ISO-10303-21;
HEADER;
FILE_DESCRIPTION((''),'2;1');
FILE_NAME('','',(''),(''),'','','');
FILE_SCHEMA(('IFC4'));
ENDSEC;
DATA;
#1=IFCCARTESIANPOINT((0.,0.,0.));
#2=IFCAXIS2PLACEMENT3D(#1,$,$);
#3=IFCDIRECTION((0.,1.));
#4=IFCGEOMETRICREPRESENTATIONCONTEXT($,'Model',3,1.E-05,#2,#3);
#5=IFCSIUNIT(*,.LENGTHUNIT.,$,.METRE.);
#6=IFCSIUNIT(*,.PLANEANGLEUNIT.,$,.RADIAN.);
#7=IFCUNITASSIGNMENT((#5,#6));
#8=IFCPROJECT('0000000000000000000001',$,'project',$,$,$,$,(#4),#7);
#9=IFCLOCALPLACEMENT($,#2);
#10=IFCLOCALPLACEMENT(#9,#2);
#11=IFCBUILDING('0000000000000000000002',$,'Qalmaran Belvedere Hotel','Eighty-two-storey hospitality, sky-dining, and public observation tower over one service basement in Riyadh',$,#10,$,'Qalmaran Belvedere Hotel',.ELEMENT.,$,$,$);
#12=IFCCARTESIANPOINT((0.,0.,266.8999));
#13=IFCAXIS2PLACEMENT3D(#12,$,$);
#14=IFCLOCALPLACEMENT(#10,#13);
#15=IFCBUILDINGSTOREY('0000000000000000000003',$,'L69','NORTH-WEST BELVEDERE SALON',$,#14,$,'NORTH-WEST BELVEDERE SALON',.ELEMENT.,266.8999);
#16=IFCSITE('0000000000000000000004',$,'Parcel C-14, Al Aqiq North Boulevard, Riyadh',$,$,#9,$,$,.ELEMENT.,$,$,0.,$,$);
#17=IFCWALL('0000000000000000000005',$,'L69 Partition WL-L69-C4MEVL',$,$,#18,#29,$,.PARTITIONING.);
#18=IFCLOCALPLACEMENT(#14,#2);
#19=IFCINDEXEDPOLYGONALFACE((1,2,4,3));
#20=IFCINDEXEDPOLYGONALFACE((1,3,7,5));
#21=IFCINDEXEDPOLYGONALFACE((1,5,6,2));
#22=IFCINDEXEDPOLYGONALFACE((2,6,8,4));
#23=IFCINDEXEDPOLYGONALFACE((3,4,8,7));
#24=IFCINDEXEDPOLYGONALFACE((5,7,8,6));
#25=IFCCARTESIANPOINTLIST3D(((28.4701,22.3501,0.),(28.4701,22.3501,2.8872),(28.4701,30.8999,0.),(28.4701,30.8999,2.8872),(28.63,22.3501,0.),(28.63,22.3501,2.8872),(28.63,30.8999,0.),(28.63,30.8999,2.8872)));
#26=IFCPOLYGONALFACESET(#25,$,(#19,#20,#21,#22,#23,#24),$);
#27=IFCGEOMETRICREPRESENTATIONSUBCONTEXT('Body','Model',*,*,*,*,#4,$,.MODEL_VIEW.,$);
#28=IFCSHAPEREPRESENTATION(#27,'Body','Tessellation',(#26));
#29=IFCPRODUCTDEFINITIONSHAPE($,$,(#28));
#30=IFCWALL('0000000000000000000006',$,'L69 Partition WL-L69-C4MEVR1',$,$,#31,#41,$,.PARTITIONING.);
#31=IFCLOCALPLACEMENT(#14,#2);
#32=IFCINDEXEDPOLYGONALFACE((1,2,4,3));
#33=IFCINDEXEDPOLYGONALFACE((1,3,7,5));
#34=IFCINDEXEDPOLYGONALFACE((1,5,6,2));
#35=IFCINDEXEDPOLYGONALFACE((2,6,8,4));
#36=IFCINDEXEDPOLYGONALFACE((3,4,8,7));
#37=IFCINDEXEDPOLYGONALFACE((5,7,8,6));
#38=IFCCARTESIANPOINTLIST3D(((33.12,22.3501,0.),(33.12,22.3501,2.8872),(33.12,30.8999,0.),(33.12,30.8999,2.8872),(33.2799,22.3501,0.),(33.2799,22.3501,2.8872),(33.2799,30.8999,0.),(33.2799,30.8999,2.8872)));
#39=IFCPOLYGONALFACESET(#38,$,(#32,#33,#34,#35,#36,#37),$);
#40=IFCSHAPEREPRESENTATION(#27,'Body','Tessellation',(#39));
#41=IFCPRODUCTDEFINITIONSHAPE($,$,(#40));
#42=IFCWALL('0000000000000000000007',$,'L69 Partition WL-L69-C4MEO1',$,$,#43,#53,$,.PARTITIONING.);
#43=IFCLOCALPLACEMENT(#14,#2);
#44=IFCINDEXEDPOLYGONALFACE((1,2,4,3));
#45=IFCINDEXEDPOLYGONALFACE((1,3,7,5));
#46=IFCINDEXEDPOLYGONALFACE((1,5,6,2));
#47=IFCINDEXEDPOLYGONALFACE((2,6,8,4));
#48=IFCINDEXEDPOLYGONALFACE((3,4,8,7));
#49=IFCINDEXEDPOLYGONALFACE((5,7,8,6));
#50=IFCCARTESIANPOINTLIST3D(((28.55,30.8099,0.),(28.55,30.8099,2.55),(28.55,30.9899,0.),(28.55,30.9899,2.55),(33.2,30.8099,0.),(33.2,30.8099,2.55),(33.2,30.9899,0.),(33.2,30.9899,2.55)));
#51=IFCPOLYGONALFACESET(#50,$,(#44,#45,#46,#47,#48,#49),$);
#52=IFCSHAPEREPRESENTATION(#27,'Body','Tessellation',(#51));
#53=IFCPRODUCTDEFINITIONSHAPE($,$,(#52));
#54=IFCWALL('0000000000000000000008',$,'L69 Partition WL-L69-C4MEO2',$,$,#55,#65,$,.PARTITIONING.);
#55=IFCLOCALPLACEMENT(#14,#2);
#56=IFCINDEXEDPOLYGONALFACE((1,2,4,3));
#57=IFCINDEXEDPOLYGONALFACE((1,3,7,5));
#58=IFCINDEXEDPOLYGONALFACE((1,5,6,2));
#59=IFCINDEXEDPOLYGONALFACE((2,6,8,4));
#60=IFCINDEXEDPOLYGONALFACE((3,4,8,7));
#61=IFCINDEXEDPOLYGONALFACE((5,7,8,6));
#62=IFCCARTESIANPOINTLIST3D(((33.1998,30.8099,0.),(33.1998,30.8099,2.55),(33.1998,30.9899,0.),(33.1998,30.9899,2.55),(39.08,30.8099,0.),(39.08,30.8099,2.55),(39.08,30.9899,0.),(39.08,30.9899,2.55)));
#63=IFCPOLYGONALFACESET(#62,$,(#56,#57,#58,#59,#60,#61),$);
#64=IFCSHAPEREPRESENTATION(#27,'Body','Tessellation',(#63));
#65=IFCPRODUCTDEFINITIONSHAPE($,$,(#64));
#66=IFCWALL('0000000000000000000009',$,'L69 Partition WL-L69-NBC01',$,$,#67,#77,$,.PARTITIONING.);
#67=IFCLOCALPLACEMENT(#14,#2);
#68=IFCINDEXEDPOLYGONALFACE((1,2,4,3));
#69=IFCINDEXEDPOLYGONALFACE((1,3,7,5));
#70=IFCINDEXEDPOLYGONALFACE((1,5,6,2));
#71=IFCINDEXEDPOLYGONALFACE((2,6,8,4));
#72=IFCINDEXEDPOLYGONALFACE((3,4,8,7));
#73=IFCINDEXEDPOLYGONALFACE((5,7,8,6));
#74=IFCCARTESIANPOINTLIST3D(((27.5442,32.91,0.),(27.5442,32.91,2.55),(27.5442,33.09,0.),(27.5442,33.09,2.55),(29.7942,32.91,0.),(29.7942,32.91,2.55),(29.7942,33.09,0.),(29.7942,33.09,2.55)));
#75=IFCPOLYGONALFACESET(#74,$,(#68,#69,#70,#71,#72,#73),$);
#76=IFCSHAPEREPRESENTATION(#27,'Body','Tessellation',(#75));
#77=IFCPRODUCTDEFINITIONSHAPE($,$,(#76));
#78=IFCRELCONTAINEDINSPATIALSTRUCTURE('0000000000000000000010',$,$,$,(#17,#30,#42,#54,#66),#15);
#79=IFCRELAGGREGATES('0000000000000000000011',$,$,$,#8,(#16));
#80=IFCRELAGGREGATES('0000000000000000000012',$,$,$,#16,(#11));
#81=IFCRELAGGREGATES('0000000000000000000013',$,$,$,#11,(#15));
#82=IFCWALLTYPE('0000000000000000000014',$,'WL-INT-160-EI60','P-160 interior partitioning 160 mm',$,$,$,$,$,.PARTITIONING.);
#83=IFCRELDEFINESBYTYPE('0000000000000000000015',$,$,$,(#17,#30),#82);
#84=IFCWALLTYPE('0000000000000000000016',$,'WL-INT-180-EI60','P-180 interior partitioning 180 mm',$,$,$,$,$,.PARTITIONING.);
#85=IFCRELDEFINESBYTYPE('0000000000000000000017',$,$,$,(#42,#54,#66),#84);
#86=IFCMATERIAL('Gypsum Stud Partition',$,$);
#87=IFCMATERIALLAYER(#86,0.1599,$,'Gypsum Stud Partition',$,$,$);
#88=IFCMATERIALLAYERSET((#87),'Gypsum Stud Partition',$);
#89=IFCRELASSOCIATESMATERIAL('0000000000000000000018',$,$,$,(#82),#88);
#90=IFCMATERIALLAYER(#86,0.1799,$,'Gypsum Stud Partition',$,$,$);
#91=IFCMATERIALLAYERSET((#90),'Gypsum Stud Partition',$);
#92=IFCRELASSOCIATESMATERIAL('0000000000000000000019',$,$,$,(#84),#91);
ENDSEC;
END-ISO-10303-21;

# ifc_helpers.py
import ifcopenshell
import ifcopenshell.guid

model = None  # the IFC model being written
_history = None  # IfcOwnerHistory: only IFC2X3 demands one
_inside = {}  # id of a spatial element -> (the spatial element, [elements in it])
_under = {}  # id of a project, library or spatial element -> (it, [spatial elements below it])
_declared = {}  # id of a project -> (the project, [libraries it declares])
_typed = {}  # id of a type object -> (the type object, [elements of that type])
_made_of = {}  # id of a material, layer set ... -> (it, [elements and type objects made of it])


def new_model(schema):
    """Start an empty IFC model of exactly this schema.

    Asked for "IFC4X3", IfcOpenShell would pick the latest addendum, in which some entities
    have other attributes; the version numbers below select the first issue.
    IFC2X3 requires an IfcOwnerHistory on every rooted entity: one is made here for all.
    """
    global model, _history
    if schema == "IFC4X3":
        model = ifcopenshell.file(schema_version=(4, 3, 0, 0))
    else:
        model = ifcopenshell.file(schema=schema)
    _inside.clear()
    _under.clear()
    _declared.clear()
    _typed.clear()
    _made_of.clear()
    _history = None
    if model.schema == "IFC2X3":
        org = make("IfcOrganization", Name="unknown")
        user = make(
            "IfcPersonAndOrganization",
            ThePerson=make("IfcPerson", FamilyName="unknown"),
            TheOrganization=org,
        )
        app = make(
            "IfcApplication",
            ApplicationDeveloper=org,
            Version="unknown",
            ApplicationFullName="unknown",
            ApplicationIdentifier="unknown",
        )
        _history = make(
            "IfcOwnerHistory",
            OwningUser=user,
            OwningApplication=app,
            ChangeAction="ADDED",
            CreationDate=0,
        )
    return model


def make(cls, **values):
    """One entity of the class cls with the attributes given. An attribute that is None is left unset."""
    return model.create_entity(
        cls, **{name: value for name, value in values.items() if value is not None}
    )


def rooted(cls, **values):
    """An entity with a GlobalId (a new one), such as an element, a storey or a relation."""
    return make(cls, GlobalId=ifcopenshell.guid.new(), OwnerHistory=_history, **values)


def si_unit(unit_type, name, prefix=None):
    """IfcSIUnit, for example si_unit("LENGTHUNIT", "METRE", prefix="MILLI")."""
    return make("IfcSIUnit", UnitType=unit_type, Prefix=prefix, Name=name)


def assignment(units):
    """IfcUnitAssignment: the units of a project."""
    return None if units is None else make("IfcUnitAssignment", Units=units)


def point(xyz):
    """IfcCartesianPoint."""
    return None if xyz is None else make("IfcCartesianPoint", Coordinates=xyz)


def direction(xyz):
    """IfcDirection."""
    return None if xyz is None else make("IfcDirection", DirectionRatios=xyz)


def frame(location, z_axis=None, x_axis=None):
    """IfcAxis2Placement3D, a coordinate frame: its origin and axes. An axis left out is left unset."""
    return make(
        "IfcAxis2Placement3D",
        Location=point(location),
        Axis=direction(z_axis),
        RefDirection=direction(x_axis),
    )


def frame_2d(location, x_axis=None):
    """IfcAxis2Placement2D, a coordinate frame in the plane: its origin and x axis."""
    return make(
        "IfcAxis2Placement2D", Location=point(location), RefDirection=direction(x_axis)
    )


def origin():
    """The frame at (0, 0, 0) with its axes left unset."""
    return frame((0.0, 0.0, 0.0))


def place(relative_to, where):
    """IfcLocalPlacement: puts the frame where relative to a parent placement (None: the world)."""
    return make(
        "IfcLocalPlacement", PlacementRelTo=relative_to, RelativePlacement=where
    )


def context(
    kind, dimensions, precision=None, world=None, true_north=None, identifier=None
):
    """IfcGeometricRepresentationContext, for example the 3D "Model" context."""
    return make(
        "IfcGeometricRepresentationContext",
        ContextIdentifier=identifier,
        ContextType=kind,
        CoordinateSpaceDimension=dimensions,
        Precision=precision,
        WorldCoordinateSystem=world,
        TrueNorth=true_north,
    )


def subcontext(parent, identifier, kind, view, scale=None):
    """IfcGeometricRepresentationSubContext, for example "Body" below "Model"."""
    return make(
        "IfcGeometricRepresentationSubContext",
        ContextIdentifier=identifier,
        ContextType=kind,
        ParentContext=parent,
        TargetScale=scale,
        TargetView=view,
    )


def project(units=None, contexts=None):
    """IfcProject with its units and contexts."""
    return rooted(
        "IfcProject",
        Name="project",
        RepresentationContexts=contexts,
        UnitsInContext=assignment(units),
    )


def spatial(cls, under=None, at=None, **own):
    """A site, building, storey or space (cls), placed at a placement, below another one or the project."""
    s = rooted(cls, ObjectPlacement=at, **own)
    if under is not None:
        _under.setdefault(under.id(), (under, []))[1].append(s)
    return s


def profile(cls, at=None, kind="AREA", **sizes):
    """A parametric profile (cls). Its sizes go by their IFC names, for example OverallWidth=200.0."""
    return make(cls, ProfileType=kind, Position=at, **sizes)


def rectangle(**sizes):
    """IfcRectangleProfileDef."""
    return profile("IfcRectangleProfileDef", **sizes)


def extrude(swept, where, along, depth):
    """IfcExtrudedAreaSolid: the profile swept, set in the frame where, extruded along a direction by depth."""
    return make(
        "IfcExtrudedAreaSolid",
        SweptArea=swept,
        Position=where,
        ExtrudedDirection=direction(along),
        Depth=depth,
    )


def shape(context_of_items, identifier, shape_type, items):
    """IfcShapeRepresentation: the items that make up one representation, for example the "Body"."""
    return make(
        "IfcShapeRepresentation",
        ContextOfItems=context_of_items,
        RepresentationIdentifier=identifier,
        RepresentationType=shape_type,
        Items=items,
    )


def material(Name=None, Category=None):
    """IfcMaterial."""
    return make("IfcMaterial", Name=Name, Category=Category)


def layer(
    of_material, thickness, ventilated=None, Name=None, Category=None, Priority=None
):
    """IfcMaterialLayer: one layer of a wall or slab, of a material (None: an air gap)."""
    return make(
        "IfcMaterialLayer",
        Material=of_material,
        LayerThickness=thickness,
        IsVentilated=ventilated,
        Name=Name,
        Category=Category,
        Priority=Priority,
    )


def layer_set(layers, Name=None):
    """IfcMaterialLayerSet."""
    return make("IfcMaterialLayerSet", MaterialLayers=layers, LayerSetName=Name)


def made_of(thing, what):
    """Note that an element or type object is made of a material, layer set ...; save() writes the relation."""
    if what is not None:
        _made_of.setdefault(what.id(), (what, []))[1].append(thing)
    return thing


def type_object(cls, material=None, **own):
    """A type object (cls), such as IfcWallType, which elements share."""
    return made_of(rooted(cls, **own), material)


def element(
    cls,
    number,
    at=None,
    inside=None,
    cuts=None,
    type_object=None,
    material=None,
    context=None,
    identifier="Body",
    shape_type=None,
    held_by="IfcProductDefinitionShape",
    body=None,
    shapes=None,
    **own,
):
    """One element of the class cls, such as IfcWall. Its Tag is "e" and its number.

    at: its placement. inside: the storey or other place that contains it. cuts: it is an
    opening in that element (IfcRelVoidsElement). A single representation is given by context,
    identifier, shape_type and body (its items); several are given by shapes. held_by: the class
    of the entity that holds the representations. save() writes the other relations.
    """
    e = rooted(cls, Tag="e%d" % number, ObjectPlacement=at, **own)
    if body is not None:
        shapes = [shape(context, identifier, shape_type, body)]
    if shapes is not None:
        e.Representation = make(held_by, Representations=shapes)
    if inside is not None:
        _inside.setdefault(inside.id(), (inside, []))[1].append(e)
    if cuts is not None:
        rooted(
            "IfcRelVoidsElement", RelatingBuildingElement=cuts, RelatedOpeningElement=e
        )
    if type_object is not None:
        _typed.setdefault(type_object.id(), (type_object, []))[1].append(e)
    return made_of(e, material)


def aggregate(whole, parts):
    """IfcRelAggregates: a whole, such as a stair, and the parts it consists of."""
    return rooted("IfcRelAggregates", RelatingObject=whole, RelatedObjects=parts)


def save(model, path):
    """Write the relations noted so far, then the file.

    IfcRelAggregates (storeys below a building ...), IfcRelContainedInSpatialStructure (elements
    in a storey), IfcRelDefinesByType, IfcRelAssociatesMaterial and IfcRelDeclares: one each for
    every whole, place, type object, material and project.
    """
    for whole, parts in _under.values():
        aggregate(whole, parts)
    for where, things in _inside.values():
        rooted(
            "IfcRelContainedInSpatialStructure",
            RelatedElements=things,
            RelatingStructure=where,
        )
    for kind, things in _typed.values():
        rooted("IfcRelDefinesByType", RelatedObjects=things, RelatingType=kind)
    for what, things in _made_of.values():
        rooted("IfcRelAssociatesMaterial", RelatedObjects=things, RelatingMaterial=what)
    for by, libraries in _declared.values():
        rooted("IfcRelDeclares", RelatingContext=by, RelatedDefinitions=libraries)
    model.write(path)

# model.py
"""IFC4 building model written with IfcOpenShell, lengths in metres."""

from ifc_helpers import new_model, si_unit, direction, frame, frame_2d, origin, place, context, subcontext, project, spatial, rectangle, extrude, material, layer, layer_set, type_object, element, save


model = new_model("IFC4")

# Units and contexts
model_context = context("Model", 3, precision=1e-05, world=origin(), true_north=direction((0.0, 1.0)))
body_context = subcontext(model_context, "Body", "Model", "MODEL_VIEW")
ifc_project = project(units=[si_unit("LENGTHUNIT", "METRE"), si_unit("PLANEANGLEUNIT", "RADIAN")], contexts=[model_context])

# Site, building, storey
site_placement = place(None, origin())
site = spatial("IfcSite", under=ifc_project, at=site_placement, Name="Parcel C-14, Al Aqiq North Boulevard, Riyadh", CompositionType="ELEMENT", RefElevation=0.0)
building_placement = place(site_placement, origin())
building = spatial("IfcBuilding", under=site, at=building_placement, Name="Qalmaran Belvedere Hotel", Description="Eighty-two-storey hospitality, sky-dining, and public observation tower over one service basement in Riyadh", LongName="Qalmaran Belvedere Hotel", CompositionType="ELEMENT")
storey_placement = place(building_placement, frame((0.0, 0.0, 266.8999)))
storey = spatial("IfcBuildingStorey", under=building, at=storey_placement, Name="L69", Description="NORTH-WEST BELVEDERE SALON", LongName="NORTH-WEST BELVEDERE SALON", CompositionType="ELEMENT", Elevation=266.8999)

# Shared definitions
ifc_material_1 = material(Name="Gypsum Stud Partition")

# Walls
ifc_layer_1 = layer(ifc_material_1, 0.1599, Name="Gypsum Stud Partition")
ifc_layer_set_1 = layer_set([ifc_layer_1], Name="Gypsum Stud Partition")
wall_type_1 = type_object("IfcWallType", Name="WL-INT-160-EI60", Description="P-160 interior partitioning 160 mm", PredefinedType="PARTITIONING", material=ifc_layer_set_1)
for number, where, z_axis, x_axis, name in (
    (1, (28.55, 22.3501, 0.0), (0.0, 0.0, 1.0), (0.0, 1.0, 0.0), "L69 Partition WL-L69-C4MEVL"),
    (2, (33.2, 22.3501, 0.0), (0.0, 0.0, 1.0), (0.0, 1.0, 0.0), "L69 Partition WL-L69-C4MEVR1"),
):
    element("IfcWall", number, at=place(storey_placement, frame(where, z_axis=z_axis, x_axis=x_axis)), inside=storey, type_object=wall_type_1, Name=name, PredefinedType="PARTITIONING", context=body_context, shape_type="SweptSolid", body=[
        extrude(rectangle(XDim=8.5498, YDim=0.1599, at=frame_2d((4.2749, 0.0))), origin(), (0.0, 0.0, 1.0), 2.8872),
    ])

# Shared definitions
ifc_layer_2 = layer(ifc_material_1, 0.1799, Name="Gypsum Stud Partition")
ifc_layer_set_2 = layer_set([ifc_layer_2], Name="Gypsum Stud Partition")
wall_type_2 = type_object("IfcWallType", Name="WL-INT-180-EI60", Description="P-180 interior partitioning 180 mm", PredefinedType="PARTITIONING", material=ifc_layer_set_2)

# Wall
wall_1_placement = place(storey_placement, frame((28.55, 30.8999, 0.0), z_axis=(0.0, 0.0, 1.0), x_axis=(1.0, 0.0, 0.0)))
element("IfcWall", 3, at=wall_1_placement, inside=storey, type_object=wall_type_2, Name="L69 Partition WL-L69-C4MEO1", PredefinedType="PARTITIONING", context=body_context, shape_type="SweptSolid", body=[
    extrude(rectangle(XDim=4.6499, YDim=0.1799, at=frame_2d((2.325, 0.0))), origin(), (0.0, 0.0, 1.0), 2.55),
])

# Walls
wall_2_placement = place(storey_placement, frame((33.2, 30.8999, 0.0), z_axis=(0.0, 0.0, 1.0), x_axis=(1.0, 0.0, 0.0)))
element("IfcWall", 4, at=wall_2_placement, inside=storey, type_object=wall_type_2, Name="L69 Partition WL-L69-C4MEO2", PredefinedType="PARTITIONING", context=body_context, shape_type="SweptSolid", body=[
    extrude(rectangle(XDim=5.8801, YDim=0.1799, at=frame_2d((2.9399, 0.0))), origin(), (0.0, 0.0, 1.0), 2.55),
])
wall_3_placement = place(storey_placement, frame((27.5442, 33.0, 0.0), z_axis=(0.0, 0.0, 1.0), x_axis=(1.0, 0.0, 0.0)))
element("IfcWall", 5, at=wall_3_placement, inside=storey, type_object=wall_type_2, Name="L69 Partition WL-L69-NBC01", PredefinedType="PARTITIONING", context=body_context, shape_type="SweptSolid", body=[
    extrude(rectangle(XDim=2.25, YDim=0.1799, at=frame_2d((1.125, 0.0))), origin(), (0.0, 0.0, 1.0), 2.55),
])

save(model, "model.ifc")
